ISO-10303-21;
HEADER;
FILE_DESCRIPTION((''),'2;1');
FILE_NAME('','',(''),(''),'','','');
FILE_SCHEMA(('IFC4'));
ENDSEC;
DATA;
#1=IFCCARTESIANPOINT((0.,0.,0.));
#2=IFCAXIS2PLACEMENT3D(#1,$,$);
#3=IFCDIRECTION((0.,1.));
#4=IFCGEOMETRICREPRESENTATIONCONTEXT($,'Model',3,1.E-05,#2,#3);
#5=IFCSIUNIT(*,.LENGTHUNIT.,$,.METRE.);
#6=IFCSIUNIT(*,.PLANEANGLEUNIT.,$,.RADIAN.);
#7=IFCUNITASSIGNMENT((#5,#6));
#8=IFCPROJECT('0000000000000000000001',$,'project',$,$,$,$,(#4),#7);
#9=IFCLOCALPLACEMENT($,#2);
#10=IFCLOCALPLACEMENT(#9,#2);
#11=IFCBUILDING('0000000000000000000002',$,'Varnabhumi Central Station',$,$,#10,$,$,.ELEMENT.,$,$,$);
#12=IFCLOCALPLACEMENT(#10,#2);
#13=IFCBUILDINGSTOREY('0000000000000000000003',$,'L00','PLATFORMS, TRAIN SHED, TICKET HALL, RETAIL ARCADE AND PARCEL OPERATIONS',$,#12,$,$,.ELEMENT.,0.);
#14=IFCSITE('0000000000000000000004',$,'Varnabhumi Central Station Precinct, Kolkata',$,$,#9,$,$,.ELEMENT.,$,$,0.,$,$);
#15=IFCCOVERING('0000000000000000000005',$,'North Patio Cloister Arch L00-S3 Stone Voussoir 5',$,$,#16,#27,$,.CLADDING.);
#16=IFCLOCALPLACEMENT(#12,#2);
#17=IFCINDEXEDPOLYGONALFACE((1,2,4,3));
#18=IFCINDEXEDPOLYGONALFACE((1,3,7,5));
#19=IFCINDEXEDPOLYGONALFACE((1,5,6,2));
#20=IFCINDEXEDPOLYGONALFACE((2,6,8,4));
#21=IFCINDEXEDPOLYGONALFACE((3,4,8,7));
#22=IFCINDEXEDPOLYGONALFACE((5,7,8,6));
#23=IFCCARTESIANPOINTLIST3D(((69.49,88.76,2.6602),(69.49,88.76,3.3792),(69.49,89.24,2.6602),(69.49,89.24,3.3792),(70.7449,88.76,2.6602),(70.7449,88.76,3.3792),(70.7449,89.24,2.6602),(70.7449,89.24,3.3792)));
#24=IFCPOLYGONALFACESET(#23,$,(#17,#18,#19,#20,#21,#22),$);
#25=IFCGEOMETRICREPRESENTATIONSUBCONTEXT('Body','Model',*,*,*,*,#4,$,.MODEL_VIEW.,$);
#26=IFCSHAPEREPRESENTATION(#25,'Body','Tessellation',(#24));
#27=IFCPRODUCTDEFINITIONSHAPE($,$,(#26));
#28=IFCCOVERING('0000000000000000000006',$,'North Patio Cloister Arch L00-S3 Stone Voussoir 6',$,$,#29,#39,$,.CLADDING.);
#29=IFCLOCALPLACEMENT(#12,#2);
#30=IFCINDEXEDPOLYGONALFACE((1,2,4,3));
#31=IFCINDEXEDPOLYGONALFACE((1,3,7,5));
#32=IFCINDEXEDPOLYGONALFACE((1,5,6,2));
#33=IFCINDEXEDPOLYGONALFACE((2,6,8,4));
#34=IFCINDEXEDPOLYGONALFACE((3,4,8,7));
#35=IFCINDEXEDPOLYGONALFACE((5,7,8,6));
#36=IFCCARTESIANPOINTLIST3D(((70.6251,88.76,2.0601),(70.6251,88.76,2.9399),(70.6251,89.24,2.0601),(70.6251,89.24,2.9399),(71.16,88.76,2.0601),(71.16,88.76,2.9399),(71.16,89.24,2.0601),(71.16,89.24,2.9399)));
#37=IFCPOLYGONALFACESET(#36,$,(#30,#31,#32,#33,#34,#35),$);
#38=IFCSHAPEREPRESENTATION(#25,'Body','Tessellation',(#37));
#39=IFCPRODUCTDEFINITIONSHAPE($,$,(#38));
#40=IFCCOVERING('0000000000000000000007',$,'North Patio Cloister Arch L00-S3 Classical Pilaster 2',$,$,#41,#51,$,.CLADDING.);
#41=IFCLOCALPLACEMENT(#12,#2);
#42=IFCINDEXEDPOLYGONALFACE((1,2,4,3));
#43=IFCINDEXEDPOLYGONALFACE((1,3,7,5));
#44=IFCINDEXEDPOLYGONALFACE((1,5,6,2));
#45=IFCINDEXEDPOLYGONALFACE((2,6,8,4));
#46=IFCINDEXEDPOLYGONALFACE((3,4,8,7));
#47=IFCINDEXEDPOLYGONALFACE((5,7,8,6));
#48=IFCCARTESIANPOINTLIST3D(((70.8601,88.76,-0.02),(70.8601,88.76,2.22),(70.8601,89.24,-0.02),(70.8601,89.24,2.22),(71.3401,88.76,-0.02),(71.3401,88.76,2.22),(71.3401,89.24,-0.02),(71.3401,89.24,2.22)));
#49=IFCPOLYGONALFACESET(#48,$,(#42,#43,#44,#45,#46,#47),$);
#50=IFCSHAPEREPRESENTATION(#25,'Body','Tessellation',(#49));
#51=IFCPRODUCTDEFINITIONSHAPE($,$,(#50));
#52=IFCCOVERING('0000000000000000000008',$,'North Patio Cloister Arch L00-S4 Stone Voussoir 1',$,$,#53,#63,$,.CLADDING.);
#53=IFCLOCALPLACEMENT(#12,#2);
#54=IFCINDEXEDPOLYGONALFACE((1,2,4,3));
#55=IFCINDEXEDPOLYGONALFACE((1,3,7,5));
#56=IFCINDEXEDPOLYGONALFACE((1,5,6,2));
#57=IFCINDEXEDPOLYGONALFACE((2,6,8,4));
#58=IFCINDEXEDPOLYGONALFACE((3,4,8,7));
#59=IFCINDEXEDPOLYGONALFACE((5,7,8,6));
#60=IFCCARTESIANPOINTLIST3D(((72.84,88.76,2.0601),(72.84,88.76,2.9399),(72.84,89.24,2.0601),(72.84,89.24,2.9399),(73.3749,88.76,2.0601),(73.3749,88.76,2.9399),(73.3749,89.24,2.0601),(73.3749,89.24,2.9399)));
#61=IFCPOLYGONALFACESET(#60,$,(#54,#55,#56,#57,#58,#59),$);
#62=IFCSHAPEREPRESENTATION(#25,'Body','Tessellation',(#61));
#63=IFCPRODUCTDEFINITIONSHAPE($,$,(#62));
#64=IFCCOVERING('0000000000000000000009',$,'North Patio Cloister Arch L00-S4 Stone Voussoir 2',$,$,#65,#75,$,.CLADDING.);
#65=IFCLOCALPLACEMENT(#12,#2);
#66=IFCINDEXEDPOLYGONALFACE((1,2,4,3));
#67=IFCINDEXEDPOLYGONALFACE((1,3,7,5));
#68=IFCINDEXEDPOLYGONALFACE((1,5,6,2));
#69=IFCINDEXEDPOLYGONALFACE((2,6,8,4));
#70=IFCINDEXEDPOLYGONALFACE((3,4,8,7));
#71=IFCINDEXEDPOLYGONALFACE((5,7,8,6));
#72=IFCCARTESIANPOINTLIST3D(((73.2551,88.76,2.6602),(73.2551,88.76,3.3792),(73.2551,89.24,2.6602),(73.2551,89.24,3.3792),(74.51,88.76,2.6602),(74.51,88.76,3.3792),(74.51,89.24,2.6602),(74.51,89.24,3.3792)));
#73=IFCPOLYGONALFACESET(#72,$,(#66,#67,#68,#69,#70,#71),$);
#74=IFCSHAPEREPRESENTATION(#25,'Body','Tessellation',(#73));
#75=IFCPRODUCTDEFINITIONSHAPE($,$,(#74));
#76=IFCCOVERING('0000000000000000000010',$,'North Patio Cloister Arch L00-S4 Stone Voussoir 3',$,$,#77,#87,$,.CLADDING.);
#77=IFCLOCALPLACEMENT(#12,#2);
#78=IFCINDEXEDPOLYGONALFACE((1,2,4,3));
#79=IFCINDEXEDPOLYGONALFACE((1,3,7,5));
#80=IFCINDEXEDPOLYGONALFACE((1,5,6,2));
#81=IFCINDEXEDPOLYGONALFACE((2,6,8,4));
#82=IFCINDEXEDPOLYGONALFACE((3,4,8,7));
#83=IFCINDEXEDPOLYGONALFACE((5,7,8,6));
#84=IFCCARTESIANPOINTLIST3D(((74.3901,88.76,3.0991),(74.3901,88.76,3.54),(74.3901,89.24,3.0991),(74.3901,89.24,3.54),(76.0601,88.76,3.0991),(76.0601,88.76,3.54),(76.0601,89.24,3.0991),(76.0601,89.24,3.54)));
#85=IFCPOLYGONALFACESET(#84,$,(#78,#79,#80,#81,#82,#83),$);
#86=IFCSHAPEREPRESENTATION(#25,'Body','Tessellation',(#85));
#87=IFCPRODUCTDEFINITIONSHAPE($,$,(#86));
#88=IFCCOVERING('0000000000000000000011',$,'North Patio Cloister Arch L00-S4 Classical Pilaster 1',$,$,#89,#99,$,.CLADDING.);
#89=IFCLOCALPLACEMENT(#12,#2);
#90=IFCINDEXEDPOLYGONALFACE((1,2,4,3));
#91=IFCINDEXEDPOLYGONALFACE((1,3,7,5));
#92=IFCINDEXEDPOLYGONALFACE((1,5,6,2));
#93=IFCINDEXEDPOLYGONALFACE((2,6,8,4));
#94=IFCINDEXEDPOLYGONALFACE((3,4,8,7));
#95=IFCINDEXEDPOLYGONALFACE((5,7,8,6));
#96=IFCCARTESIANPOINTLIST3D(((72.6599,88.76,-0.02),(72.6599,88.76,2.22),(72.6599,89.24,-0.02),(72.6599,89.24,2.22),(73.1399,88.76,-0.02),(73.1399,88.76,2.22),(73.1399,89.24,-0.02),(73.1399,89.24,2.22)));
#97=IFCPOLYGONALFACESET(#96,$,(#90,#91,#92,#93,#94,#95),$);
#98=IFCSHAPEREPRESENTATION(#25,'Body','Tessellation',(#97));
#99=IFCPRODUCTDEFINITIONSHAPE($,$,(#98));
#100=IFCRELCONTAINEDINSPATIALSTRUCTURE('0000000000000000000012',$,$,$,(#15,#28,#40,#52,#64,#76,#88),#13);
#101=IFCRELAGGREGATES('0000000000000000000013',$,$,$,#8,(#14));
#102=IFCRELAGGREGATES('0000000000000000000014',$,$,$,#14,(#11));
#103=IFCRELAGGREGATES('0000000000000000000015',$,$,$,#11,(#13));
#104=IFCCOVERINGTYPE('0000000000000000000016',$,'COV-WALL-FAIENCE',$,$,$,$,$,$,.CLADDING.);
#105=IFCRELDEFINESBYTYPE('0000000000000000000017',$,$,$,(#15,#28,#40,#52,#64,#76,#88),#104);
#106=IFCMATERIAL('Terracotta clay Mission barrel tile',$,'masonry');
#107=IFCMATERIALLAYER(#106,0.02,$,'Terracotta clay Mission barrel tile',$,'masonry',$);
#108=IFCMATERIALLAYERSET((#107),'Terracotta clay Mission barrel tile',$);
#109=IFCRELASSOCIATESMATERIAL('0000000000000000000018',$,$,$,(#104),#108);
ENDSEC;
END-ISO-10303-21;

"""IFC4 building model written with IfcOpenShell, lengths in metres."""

from ifc_helpers import new_model, si_unit, direction, frame, origin, origin_2d, place, context, subcontext, project, spatial, rectangle, extrude, material, layer, layer_set, type_object, element, save


model = new_model("IFC4")

# Units and contexts
model_context = context("Model", 3, precision=1e-05, world=origin(), true_north=direction((0.0, 1.0)))
body_context = subcontext(model_context, "Body", "Model", "MODEL_VIEW")
ifc_project = project(units=[si_unit("LENGTHUNIT", "METRE"), si_unit("PLANEANGLEUNIT", "RADIAN")], contexts=[model_context])

# Site, building, storey
site_placement = place(None, origin())
site = spatial("IfcSite", under=ifc_project, at=site_placement, Name="Varnabhumi Central Station Precinct, Kolkata", CompositionType="ELEMENT", RefElevation=0.0)
building_placement = place(site_placement, origin())
building = spatial("IfcBuilding", under=site, at=building_placement, Name="Varnabhumi Central Station", CompositionType="ELEMENT")
storey_placement = place(building_placement, origin())
storey = spatial("IfcBuildingStorey", under=building, at=storey_placement, Name="L00", Description="PLATFORMS, TRAIN SHED, TICKET HALL, RETAIL ARCADE AND PARCEL OPERATIONS", CompositionType="ELEMENT", Elevation=0.0)

# Coverings
ifc_material_1 = material(Name="Terracotta clay Mission barrel tile", Category="masonry")
ifc_layer_1 = layer(ifc_material_1, 0.02, Name="Terracotta clay Mission barrel tile", Category="masonry")
ifc_layer_set_1 = layer_set([ifc_layer_1], Name="Terracotta clay Mission barrel tile")
covering_type = type_object("IfcCoveringType", Name="COV-WALL-FAIENCE", PredefinedType="CLADDING", material=ifc_layer_set_1)
covering_1_placement = place(storey_placement, frame((70.1174, 89.0, 2.6602), z_axis=(0.0, 0.0, 1.0), x_axis=(1.0, 0.0, 0.0)))
element("IfcCovering", 1, at=covering_1_placement, inside=storey, type_object=covering_type, Name="North Patio Cloister Arch L00-S3 Stone Voussoir 5", PredefinedType="CLADDING", context=body_context, shape_type="SweptSolid", body=[
    extrude(rectangle(XDim=1.2549, YDim=0.48, at=origin_2d()), origin(), (0.0, 0.0, 1.0), 0.719),
])
covering_2_placement = place(storey_placement, frame((70.8926, 89.0, 2.0601), z_axis=(0.0, 0.0, 1.0), x_axis=(1.0, 0.0, 0.0)))
element("IfcCovering", 2, at=covering_2_placement, inside=storey, type_object=covering_type, Name="North Patio Cloister Arch L00-S3 Stone Voussoir 6", PredefinedType="CLADDING", context=body_context, shape_type="SweptSolid", body=[
    extrude(rectangle(XDim=0.5349, YDim=0.48, at=origin_2d()), origin(), (0.0, 0.0, 1.0), 0.8799),
])
covering_3_placement = place(storey_placement, frame((71.1001, 89.0, -0.02), z_axis=(0.0, 0.0, 1.0), x_axis=(1.0, 0.0, 0.0)))
element("IfcCovering", 3, at=covering_3_placement, inside=storey, type_object=covering_type, Name="North Patio Cloister Arch L00-S3 Classical Pilaster 2", PredefinedType="CLADDING", context=body_context, shape_type="SweptSolid", body=[
    extrude(rectangle(XDim=0.48, YDim=0.48, at=origin_2d()), origin(), (0.0, 0.0, 1.0), 2.24),
])
covering_4_placement = place(storey_placement, frame((73.1074, 89.0, 2.0601), z_axis=(0.0, 0.0, 1.0), x_axis=(1.0, 0.0, 0.0)))
element("IfcCovering", 4, at=covering_4_placement, inside=storey, type_object=covering_type, Name="North Patio Cloister Arch L00-S4 Stone Voussoir 1", PredefinedType="CLADDING", context=body_context, shape_type="SweptSolid", body=[
    extrude(rectangle(XDim=0.5349, YDim=0.48, at=origin_2d()), origin(), (0.0, 0.0, 1.0), 0.8799),
])
covering_5_placement = place(storey_placement, frame((73.8826, 89.0, 2.6602), z_axis=(0.0, 0.0, 1.0), x_axis=(1.0, 0.0, 0.0)))
element("IfcCovering", 5, at=covering_5_placement, inside=storey, type_object=covering_type, Name="North Patio Cloister Arch L00-S4 Stone Voussoir 2", PredefinedType="CLADDING", context=body_context, shape_type="SweptSolid", body=[
    extrude(rectangle(XDim=1.2549, YDim=0.48, at=origin_2d()), origin(), (0.0, 0.0, 1.0), 0.719),
])
covering_6_placement = place(storey_placement, frame((75.2251, 89.0, 3.0991), z_axis=(0.0, 0.0, 1.0), x_axis=(1.0, 0.0, 0.0)))
element("IfcCovering", 6, at=covering_6_placement, inside=storey, type_object=covering_type, Name="North Patio Cloister Arch L00-S4 Stone Voussoir 3", PredefinedType="CLADDING", context=body_context, shape_type="SweptSolid", body=[
    extrude(rectangle(XDim=1.6699, YDim=0.48, at=origin_2d()), origin(), (0.0, 0.0, 1.0), 0.4409),
])
covering_7_placement = place(storey_placement, frame((72.8999, 89.0, -0.02), z_axis=(0.0, 0.0, 1.0), x_axis=(1.0, 0.0, 0.0)))
element("IfcCovering", 7, at=covering_7_placement, inside=storey, type_object=covering_type, Name="North Patio Cloister Arch L00-S4 Classical Pilaster 1", PredefinedType="CLADDING", context=body_context, shape_type="SweptSolid", body=[
    extrude(rectangle(XDim=0.48, YDim=0.48, at=origin_2d()), origin(), (0.0, 0.0, 1.0), 2.24),
])

save(model, "model.ifc")
